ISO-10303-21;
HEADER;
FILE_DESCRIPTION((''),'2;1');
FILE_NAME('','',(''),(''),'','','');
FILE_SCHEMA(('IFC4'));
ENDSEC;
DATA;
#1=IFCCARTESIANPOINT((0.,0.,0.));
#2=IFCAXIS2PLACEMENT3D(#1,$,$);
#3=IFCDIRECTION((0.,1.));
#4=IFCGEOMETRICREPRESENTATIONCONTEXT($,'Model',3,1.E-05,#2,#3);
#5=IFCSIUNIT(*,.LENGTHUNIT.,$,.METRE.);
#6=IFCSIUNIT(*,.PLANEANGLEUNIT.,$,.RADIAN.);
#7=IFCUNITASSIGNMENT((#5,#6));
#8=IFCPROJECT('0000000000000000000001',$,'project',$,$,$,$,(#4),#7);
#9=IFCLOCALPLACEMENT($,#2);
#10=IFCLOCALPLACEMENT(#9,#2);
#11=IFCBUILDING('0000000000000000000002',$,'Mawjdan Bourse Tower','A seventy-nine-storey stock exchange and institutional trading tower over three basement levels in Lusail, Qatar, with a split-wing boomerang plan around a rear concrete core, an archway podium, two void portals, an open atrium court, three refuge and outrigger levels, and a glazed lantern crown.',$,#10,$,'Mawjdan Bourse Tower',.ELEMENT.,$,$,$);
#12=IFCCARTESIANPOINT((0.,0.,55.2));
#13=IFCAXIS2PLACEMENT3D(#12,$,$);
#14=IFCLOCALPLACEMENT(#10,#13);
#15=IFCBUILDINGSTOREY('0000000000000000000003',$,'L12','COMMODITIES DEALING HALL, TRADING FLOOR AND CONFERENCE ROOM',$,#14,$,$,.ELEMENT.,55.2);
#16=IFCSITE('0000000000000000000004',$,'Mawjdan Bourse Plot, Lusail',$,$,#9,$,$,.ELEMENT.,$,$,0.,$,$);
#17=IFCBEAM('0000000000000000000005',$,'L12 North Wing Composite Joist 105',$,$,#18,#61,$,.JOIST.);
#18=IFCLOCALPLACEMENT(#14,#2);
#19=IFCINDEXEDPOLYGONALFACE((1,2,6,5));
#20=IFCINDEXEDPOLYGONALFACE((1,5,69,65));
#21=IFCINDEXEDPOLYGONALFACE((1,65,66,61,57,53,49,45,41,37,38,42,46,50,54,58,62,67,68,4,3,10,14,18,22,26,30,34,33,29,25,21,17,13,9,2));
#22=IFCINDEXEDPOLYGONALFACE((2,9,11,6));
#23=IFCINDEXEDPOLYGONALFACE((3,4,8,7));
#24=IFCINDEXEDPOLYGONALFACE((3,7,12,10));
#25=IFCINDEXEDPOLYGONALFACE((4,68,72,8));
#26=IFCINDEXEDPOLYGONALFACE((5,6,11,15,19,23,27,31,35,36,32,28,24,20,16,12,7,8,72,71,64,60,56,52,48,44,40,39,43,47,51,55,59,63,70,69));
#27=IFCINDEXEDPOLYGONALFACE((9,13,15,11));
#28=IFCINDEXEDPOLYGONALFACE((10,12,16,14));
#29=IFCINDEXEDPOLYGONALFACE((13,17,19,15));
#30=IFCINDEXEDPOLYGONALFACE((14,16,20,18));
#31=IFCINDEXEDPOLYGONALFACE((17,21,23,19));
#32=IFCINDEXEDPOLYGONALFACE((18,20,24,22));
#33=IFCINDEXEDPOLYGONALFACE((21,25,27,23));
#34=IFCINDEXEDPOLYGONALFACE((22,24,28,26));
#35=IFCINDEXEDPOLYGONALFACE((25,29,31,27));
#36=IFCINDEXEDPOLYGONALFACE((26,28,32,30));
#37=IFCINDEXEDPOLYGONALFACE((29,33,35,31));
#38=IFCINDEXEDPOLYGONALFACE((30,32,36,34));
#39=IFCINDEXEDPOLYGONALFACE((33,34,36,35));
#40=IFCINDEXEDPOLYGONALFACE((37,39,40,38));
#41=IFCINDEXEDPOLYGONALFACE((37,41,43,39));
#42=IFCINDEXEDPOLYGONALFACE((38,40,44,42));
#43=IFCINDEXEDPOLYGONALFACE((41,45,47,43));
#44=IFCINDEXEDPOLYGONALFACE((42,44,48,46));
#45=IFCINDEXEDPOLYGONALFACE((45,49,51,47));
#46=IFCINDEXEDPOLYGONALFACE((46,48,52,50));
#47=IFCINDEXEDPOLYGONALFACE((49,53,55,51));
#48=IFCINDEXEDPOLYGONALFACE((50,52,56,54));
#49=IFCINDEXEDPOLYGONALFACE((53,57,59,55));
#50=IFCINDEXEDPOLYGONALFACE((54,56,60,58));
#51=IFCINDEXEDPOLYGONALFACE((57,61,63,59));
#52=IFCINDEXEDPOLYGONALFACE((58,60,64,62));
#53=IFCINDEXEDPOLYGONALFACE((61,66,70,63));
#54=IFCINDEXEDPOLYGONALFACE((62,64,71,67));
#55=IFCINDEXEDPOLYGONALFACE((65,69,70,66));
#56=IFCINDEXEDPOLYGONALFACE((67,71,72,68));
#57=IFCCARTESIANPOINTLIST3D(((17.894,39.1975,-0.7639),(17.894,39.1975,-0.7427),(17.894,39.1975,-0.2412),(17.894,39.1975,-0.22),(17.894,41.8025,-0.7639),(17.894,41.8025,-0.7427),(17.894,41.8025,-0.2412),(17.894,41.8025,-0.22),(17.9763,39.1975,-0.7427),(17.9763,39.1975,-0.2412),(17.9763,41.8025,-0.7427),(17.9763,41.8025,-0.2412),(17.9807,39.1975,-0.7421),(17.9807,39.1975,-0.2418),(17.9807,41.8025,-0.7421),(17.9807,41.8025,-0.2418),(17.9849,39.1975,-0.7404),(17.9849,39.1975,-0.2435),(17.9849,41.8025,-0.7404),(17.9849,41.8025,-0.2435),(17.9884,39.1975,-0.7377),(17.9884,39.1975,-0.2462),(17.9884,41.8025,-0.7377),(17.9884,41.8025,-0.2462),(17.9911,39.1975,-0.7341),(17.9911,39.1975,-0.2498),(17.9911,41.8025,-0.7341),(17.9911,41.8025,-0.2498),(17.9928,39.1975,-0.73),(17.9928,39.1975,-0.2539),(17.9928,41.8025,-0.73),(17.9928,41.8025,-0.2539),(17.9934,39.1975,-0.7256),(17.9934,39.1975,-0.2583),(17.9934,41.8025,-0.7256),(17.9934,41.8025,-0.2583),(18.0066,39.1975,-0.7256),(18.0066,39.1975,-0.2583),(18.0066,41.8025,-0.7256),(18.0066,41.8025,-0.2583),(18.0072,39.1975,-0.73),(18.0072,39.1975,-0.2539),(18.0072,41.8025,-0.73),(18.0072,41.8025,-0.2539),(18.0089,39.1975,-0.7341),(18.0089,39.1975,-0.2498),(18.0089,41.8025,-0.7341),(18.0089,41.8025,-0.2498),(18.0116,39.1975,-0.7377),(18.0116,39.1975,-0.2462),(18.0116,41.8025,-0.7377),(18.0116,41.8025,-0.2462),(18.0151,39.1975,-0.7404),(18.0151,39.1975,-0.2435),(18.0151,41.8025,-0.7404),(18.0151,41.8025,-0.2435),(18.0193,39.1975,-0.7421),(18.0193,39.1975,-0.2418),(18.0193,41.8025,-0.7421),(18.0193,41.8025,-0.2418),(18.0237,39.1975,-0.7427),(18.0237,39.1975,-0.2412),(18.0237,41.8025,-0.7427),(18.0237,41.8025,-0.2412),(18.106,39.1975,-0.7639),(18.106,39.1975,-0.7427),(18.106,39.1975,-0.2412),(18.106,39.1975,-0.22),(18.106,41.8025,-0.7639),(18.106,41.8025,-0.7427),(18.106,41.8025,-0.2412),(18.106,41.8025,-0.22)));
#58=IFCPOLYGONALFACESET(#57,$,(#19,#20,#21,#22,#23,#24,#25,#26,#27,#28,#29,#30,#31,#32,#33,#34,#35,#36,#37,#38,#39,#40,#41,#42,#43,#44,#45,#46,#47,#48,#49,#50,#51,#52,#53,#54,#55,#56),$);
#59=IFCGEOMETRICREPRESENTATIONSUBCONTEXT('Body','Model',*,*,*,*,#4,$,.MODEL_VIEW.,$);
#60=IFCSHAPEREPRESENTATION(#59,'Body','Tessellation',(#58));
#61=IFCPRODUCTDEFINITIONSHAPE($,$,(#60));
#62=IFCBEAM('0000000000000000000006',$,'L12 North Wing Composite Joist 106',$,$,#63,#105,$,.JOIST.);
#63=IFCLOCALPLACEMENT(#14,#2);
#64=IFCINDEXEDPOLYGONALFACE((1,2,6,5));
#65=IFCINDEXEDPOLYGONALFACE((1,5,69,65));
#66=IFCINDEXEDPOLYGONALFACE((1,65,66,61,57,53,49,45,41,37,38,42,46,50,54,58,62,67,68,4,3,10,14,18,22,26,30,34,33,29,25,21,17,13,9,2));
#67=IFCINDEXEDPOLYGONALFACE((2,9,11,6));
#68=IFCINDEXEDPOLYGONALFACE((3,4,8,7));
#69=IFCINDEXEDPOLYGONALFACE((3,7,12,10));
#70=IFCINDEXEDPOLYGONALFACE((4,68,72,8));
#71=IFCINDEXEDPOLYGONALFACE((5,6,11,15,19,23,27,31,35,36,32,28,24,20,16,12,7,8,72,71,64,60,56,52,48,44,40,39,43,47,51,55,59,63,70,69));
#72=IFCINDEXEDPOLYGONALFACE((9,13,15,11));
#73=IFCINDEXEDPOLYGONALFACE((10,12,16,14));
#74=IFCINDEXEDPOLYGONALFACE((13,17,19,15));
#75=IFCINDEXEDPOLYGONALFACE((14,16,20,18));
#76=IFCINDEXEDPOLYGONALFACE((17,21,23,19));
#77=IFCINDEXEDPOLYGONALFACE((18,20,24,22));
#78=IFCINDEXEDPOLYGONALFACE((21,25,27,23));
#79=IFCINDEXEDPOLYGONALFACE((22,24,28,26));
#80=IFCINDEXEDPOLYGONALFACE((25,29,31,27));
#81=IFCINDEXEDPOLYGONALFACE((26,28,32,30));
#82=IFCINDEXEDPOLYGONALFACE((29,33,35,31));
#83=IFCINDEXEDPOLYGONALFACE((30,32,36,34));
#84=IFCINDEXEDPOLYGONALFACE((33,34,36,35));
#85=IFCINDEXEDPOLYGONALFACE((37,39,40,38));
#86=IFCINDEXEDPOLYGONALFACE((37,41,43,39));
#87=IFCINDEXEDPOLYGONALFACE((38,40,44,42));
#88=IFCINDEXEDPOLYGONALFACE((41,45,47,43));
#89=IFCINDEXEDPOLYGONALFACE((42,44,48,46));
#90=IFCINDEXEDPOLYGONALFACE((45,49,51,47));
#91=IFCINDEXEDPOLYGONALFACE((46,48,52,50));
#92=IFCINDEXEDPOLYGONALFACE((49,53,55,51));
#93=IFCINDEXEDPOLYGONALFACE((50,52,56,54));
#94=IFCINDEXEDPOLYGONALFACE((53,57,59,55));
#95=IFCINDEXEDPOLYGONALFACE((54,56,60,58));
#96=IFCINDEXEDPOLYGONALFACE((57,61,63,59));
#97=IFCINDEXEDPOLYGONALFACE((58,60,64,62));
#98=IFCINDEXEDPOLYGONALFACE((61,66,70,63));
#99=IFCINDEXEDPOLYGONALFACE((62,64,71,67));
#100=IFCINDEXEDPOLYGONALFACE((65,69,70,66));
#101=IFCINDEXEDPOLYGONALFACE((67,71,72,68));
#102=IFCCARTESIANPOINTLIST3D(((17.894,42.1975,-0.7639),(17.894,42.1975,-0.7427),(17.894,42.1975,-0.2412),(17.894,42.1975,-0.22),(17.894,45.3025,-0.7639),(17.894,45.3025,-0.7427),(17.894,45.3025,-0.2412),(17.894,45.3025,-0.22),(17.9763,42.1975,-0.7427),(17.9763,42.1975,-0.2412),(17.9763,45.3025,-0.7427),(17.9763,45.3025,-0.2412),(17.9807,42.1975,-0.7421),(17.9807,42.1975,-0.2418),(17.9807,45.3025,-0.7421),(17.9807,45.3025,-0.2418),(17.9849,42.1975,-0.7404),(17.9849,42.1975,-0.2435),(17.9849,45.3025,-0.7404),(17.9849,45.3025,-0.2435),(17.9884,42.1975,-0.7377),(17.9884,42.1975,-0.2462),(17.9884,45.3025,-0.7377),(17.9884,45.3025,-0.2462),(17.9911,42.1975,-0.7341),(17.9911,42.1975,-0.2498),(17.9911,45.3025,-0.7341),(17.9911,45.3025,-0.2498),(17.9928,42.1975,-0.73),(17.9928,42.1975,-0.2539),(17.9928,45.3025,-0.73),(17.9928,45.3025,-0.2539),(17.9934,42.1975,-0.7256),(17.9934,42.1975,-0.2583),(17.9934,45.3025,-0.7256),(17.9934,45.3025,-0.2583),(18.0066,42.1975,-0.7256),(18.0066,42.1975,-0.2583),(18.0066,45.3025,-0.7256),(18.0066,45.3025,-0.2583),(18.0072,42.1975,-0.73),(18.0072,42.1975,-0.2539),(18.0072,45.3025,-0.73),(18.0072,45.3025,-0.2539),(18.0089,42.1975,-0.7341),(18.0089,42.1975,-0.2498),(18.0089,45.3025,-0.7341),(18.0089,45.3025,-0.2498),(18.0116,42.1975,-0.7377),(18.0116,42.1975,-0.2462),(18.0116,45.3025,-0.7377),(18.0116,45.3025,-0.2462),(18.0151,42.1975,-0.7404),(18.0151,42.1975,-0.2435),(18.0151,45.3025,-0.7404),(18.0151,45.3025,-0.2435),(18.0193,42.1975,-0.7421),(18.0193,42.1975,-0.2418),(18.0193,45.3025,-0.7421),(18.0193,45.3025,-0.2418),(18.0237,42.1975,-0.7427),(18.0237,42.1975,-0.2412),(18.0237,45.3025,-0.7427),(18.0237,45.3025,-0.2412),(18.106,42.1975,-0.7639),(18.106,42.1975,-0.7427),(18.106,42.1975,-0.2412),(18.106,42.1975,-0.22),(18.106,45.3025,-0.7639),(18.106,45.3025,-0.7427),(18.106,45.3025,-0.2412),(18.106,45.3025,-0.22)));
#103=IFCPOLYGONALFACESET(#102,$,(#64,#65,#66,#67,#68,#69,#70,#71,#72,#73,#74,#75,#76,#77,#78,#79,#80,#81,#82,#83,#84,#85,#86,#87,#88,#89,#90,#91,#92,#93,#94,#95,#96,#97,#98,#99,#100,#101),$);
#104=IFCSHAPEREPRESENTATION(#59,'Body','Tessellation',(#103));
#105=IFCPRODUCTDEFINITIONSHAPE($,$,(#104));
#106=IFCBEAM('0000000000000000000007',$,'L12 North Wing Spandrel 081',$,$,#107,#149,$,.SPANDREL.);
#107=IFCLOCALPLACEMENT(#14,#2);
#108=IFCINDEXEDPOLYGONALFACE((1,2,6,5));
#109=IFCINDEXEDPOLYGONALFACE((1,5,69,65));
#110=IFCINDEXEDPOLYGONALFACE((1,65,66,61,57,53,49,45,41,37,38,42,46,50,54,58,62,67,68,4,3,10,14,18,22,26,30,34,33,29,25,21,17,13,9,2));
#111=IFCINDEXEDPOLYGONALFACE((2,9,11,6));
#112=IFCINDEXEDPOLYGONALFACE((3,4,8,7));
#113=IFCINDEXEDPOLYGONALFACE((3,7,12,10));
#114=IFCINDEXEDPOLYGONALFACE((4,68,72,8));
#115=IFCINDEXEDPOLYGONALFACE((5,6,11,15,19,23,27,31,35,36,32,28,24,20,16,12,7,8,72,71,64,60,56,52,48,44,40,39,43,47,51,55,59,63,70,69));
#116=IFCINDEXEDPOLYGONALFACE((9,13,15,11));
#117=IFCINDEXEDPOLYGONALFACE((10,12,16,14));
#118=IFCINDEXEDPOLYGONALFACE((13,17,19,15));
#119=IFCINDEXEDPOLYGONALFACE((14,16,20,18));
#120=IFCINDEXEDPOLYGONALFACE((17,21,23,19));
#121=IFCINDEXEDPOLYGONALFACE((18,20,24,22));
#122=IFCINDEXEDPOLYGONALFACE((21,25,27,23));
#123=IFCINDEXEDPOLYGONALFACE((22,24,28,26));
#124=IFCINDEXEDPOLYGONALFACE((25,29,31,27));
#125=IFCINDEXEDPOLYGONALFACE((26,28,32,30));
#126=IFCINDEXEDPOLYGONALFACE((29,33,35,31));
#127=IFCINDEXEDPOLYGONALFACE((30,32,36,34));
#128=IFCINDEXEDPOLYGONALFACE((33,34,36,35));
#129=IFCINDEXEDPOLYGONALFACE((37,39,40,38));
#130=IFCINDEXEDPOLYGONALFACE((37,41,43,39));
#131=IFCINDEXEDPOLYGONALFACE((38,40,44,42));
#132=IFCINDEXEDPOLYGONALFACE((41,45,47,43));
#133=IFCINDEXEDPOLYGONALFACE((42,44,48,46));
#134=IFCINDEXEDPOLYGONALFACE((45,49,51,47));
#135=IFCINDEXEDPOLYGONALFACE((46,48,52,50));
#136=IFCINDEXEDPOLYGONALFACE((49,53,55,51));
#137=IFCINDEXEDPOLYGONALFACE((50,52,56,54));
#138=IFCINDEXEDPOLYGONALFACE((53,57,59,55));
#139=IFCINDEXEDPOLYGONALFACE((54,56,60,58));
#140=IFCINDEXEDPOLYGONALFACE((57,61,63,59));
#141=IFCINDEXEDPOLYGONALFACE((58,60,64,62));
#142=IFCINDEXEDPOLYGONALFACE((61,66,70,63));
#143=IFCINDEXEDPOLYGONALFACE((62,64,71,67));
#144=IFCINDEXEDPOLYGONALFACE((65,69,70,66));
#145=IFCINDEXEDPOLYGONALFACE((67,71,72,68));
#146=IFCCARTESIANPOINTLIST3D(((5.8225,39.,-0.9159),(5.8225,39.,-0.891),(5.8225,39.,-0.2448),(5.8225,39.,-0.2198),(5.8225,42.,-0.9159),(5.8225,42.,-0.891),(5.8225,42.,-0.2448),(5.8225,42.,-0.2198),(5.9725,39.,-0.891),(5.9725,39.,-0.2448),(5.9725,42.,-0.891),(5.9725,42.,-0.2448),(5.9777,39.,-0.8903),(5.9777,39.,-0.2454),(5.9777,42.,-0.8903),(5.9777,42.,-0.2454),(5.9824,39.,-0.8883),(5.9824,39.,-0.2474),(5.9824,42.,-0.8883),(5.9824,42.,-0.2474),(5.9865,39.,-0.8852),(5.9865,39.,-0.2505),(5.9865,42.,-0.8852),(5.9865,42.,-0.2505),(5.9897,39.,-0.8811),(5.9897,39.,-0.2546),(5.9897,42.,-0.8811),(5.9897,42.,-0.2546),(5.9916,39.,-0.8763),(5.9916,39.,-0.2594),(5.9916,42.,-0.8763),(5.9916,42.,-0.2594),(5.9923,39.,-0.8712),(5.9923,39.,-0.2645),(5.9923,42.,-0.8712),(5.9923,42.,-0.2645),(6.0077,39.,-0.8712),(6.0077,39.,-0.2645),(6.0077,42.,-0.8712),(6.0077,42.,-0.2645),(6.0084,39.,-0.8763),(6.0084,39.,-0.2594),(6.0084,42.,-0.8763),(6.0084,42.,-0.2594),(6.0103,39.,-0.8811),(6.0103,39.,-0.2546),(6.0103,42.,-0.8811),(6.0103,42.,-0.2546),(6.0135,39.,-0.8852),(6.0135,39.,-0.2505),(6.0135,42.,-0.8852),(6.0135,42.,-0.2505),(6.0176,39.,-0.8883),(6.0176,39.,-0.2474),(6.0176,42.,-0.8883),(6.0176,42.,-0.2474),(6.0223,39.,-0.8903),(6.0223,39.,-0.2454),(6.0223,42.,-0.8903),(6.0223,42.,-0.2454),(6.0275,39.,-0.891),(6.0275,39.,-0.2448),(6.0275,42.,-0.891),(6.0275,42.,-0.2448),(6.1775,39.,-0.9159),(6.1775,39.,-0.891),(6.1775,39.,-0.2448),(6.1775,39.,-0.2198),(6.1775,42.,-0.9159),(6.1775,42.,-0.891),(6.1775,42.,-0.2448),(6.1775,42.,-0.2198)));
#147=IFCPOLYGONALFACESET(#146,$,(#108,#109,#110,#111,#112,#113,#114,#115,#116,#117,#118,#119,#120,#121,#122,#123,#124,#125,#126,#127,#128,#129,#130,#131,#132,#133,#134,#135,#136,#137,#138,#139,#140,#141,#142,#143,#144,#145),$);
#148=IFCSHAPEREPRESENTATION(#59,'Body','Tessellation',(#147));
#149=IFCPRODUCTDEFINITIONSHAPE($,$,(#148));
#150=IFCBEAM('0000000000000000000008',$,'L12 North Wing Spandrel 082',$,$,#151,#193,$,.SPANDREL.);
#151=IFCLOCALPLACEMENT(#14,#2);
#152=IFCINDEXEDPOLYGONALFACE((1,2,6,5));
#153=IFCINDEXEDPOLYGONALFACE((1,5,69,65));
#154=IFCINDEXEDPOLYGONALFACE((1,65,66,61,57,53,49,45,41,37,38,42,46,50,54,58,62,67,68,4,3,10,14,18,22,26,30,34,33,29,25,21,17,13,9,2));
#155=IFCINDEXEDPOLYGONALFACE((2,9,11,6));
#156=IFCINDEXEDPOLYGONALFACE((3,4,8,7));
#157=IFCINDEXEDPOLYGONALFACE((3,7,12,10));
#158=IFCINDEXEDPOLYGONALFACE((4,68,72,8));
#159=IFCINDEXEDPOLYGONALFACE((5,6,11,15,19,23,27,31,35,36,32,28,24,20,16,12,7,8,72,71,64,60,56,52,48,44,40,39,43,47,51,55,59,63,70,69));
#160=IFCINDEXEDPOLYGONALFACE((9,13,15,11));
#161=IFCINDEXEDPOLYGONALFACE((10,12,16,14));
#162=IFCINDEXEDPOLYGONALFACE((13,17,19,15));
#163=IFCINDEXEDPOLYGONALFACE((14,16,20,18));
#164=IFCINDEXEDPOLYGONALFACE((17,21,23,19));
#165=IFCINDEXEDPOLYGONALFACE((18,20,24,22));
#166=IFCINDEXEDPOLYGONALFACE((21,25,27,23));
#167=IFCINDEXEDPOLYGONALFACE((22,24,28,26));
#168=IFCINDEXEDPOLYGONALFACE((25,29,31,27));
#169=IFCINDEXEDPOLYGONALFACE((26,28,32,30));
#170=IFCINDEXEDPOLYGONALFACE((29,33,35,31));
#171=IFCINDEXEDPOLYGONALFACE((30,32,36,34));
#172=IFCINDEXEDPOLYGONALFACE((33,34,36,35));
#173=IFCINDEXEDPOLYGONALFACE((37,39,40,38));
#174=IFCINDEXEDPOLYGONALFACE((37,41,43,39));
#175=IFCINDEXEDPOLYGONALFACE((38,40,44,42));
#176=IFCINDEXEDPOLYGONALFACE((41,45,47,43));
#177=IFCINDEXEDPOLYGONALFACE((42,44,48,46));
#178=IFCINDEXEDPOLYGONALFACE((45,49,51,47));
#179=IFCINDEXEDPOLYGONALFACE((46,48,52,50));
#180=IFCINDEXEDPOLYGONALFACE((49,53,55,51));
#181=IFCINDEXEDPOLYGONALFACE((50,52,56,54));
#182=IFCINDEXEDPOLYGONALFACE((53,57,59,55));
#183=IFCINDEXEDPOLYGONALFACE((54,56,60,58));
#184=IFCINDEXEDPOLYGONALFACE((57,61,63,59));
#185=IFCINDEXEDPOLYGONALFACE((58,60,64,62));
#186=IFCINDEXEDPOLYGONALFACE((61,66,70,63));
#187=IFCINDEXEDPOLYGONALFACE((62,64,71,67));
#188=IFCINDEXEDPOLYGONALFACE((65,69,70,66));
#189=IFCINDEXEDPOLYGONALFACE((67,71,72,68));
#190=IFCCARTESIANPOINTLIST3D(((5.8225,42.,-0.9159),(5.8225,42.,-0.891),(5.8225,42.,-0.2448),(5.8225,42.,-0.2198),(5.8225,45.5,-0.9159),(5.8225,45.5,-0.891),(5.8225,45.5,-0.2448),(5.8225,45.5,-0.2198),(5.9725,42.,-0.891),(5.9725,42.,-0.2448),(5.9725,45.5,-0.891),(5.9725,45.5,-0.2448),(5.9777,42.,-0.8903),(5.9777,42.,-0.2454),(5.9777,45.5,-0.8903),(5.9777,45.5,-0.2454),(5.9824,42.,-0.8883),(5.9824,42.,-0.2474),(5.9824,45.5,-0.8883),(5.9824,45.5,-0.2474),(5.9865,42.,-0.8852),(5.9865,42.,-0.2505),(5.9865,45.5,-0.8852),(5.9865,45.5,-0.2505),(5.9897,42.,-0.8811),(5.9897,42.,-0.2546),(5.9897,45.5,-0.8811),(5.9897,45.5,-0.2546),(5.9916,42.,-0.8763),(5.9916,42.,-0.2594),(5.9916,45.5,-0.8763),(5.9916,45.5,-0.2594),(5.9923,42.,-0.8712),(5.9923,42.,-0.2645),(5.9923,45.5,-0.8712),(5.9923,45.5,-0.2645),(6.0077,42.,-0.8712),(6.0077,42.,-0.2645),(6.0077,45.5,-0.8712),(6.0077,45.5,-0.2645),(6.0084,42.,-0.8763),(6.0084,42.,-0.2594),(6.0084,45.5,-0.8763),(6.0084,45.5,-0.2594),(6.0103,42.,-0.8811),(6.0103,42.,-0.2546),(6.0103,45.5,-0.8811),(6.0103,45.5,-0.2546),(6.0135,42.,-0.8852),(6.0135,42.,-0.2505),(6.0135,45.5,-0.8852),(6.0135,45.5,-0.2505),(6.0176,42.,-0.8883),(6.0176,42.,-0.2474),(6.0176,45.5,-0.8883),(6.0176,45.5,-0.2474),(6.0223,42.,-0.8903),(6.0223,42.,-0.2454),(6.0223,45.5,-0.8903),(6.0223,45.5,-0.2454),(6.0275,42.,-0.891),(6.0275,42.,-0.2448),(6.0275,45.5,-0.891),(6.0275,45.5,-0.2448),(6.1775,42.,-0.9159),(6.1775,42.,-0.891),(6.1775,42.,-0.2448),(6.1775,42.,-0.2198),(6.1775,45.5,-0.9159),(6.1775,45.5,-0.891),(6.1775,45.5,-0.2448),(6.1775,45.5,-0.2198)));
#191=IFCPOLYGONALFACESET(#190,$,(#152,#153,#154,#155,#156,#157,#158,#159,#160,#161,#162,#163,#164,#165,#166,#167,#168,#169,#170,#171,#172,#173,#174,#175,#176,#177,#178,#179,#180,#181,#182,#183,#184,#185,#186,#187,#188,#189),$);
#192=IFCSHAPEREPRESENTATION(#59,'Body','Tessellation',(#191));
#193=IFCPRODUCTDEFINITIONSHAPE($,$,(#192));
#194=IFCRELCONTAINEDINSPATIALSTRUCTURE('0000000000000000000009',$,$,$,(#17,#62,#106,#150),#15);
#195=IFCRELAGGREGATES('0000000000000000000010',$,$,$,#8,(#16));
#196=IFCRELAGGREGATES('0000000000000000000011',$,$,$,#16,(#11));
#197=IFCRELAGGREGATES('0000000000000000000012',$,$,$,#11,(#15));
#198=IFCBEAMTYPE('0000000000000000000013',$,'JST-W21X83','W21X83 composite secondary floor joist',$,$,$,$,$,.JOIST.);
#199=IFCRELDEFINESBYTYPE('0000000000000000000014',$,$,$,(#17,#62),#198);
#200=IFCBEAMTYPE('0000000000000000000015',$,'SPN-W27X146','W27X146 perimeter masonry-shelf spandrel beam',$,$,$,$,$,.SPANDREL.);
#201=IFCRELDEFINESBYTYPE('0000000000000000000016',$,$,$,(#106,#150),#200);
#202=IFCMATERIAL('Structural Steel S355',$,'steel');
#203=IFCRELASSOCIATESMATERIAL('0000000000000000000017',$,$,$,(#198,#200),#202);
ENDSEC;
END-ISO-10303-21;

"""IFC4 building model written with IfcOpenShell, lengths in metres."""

from ifc_helpers import new_model, si_unit, direction, frame, origin, origin_2d, place, context, subcontext, project, spatial, i_section, extrude, material, material_profile, profile_set, type_object, element, save


model = new_model("IFC4")

# Units and contexts
model_context = context("Model", 3, precision=1e-05, world=origin(), true_north=direction((0.0, 1.0)))
body_context = subcontext(model_context, "Body", "Model", "MODEL_VIEW")
ifc_project = project(units=[si_unit("LENGTHUNIT", "METRE"), si_unit("PLANEANGLEUNIT", "RADIAN")], contexts=[model_context])

# Site, building, storey
site_placement = place(None, origin())
site = spatial("IfcSite", under=ifc_project, at=site_placement, Name="Mawjdan Bourse Plot, Lusail", CompositionType="ELEMENT", RefElevation=0.0)
building_placement = place(site_placement, origin())
building = spatial("IfcBuilding", under=site, at=building_placement, Name="Mawjdan Bourse Tower", Description="A seventy-nine-storey stock exchange and institutional trading tower over three basement levels in Lusail, Qatar, with a split-wing boomerang plan around a rear concrete core, an archway podium, two void portals, an open atrium court, three refuge and outrigger levels, and a glazed lantern crown.", LongName="Mawjdan Bourse Tower", CompositionType="ELEMENT")
storey_placement = place(building_placement, frame((0.0, 0.0, 55.2)))
storey = spatial("IfcBuildingStorey", under=building, at=storey_placement, Name="L12", Description="COMMODITIES DEALING HALL, TRADING FLOOR AND CONFERENCE ROOM", CompositionType="ELEMENT", Elevation=55.2)

# Beams
ifc_material_1 = material(Name="Structural Steel S355", Category="steel")
ifc_material_profile_1 = material_profile(ifc_material_1, i_section(OverallWidth=0.2119, OverallDepth=0.5439, WebThickness=0.0132, FlangeThickness=0.0212, FilletRadius=0.0171, at=origin_2d()), Name="W21X83")
ifc_profile_set_1 = profile_set([ifc_material_profile_1], Name="Structural Steel S355")
beam_type_1 = type_object("IfcBeamType", Name="JST-W21X83", Description="W21X83 composite secondary floor joist", PredefinedType="JOIST", material=ifc_profile_set_1)
beam_1_placement = place(storey_placement, frame((18.0, 39.1975, -0.4919), z_axis=(0.0, 1.0, 0.0), x_axis=(-1.0, 0.0, 0.0)))
element("IfcBeam", 1, at=beam_1_placement, inside=storey, type_object=beam_type_1, Name="L12 North Wing Composite Joist 105", PredefinedType="JOIST", context=body_context, shape_type="SweptSolid", body=[
    extrude(i_section(OverallWidth=0.2119, OverallDepth=0.5439, WebThickness=0.0132, FlangeThickness=0.0212, FilletRadius=0.0171, at=origin_2d()), origin(), (0.0, 0.0, 1.0), 2.605),
])
beam_2_placement = place(storey_placement, frame((18.0, 42.1975, -0.4919), z_axis=(0.0, 1.0, 0.0), x_axis=(-1.0, 0.0, 0.0)))
element("IfcBeam", 2, at=beam_2_placement, inside=storey, type_object=beam_type_1, Name="L12 North Wing Composite Joist 106", PredefinedType="JOIST", context=body_context, shape_type="SweptSolid", body=[
    extrude(i_section(OverallWidth=0.2119, OverallDepth=0.5439, WebThickness=0.0132, FlangeThickness=0.0212, FilletRadius=0.0171, at=origin_2d()), origin(), (0.0, 0.0, 1.0), 3.105),
])
ifc_material_profile_2 = material_profile(ifc_material_1, i_section(OverallWidth=0.355, OverallDepth=0.696, WebThickness=0.0154, FlangeThickness=0.0249, FilletRadius=0.0198, at=origin_2d()), Name="W27X146")
ifc_profile_set_2 = profile_set([ifc_material_profile_2], Name="Structural Steel S355")
beam_type_2 = type_object("IfcBeamType", Name="SPN-W27X146", Description="W27X146 perimeter masonry-shelf spandrel beam", PredefinedType="SPANDREL", material=ifc_profile_set_2)
beam_3_placement = place(storey_placement, frame((6.0, 39.0, -0.5679), z_axis=(0.0, 1.0, 0.0), x_axis=(-1.0, 0.0, 0.0)))
element("IfcBeam", 3, at=beam_3_placement, inside=storey, type_object=beam_type_2, Name="L12 North Wing Spandrel 081", PredefinedType="SPANDREL", context=body_context, shape_type="SweptSolid", body=[
    extrude(i_section(OverallWidth=0.355, OverallDepth=0.696, WebThickness=0.0154, FlangeThickness=0.0249, FilletRadius=0.0198, at=origin_2d()), origin(), (0.0, 0.0, 1.0), 3.0),
])
beam_4_placement = place(storey_placement, frame((6.0, 42.0, -0.5679), z_axis=(0.0, 1.0, 0.0), x_axis=(-1.0, 0.0, 0.0)))
element("IfcBeam", 4, at=beam_4_placement, inside=storey, type_object=beam_type_2, Name="L12 North Wing Spandrel 082", PredefinedType="SPANDREL", context=body_context, shape_type="SweptSolid", body=[
    extrude(i_section(OverallWidth=0.355, OverallDepth=0.696, WebThickness=0.0154, FlangeThickness=0.0249, FilletRadius=0.0198, at=origin_2d()), origin(), (0.0, 0.0, 1.0), 3.5),
])

save(model, "model.ifc")
